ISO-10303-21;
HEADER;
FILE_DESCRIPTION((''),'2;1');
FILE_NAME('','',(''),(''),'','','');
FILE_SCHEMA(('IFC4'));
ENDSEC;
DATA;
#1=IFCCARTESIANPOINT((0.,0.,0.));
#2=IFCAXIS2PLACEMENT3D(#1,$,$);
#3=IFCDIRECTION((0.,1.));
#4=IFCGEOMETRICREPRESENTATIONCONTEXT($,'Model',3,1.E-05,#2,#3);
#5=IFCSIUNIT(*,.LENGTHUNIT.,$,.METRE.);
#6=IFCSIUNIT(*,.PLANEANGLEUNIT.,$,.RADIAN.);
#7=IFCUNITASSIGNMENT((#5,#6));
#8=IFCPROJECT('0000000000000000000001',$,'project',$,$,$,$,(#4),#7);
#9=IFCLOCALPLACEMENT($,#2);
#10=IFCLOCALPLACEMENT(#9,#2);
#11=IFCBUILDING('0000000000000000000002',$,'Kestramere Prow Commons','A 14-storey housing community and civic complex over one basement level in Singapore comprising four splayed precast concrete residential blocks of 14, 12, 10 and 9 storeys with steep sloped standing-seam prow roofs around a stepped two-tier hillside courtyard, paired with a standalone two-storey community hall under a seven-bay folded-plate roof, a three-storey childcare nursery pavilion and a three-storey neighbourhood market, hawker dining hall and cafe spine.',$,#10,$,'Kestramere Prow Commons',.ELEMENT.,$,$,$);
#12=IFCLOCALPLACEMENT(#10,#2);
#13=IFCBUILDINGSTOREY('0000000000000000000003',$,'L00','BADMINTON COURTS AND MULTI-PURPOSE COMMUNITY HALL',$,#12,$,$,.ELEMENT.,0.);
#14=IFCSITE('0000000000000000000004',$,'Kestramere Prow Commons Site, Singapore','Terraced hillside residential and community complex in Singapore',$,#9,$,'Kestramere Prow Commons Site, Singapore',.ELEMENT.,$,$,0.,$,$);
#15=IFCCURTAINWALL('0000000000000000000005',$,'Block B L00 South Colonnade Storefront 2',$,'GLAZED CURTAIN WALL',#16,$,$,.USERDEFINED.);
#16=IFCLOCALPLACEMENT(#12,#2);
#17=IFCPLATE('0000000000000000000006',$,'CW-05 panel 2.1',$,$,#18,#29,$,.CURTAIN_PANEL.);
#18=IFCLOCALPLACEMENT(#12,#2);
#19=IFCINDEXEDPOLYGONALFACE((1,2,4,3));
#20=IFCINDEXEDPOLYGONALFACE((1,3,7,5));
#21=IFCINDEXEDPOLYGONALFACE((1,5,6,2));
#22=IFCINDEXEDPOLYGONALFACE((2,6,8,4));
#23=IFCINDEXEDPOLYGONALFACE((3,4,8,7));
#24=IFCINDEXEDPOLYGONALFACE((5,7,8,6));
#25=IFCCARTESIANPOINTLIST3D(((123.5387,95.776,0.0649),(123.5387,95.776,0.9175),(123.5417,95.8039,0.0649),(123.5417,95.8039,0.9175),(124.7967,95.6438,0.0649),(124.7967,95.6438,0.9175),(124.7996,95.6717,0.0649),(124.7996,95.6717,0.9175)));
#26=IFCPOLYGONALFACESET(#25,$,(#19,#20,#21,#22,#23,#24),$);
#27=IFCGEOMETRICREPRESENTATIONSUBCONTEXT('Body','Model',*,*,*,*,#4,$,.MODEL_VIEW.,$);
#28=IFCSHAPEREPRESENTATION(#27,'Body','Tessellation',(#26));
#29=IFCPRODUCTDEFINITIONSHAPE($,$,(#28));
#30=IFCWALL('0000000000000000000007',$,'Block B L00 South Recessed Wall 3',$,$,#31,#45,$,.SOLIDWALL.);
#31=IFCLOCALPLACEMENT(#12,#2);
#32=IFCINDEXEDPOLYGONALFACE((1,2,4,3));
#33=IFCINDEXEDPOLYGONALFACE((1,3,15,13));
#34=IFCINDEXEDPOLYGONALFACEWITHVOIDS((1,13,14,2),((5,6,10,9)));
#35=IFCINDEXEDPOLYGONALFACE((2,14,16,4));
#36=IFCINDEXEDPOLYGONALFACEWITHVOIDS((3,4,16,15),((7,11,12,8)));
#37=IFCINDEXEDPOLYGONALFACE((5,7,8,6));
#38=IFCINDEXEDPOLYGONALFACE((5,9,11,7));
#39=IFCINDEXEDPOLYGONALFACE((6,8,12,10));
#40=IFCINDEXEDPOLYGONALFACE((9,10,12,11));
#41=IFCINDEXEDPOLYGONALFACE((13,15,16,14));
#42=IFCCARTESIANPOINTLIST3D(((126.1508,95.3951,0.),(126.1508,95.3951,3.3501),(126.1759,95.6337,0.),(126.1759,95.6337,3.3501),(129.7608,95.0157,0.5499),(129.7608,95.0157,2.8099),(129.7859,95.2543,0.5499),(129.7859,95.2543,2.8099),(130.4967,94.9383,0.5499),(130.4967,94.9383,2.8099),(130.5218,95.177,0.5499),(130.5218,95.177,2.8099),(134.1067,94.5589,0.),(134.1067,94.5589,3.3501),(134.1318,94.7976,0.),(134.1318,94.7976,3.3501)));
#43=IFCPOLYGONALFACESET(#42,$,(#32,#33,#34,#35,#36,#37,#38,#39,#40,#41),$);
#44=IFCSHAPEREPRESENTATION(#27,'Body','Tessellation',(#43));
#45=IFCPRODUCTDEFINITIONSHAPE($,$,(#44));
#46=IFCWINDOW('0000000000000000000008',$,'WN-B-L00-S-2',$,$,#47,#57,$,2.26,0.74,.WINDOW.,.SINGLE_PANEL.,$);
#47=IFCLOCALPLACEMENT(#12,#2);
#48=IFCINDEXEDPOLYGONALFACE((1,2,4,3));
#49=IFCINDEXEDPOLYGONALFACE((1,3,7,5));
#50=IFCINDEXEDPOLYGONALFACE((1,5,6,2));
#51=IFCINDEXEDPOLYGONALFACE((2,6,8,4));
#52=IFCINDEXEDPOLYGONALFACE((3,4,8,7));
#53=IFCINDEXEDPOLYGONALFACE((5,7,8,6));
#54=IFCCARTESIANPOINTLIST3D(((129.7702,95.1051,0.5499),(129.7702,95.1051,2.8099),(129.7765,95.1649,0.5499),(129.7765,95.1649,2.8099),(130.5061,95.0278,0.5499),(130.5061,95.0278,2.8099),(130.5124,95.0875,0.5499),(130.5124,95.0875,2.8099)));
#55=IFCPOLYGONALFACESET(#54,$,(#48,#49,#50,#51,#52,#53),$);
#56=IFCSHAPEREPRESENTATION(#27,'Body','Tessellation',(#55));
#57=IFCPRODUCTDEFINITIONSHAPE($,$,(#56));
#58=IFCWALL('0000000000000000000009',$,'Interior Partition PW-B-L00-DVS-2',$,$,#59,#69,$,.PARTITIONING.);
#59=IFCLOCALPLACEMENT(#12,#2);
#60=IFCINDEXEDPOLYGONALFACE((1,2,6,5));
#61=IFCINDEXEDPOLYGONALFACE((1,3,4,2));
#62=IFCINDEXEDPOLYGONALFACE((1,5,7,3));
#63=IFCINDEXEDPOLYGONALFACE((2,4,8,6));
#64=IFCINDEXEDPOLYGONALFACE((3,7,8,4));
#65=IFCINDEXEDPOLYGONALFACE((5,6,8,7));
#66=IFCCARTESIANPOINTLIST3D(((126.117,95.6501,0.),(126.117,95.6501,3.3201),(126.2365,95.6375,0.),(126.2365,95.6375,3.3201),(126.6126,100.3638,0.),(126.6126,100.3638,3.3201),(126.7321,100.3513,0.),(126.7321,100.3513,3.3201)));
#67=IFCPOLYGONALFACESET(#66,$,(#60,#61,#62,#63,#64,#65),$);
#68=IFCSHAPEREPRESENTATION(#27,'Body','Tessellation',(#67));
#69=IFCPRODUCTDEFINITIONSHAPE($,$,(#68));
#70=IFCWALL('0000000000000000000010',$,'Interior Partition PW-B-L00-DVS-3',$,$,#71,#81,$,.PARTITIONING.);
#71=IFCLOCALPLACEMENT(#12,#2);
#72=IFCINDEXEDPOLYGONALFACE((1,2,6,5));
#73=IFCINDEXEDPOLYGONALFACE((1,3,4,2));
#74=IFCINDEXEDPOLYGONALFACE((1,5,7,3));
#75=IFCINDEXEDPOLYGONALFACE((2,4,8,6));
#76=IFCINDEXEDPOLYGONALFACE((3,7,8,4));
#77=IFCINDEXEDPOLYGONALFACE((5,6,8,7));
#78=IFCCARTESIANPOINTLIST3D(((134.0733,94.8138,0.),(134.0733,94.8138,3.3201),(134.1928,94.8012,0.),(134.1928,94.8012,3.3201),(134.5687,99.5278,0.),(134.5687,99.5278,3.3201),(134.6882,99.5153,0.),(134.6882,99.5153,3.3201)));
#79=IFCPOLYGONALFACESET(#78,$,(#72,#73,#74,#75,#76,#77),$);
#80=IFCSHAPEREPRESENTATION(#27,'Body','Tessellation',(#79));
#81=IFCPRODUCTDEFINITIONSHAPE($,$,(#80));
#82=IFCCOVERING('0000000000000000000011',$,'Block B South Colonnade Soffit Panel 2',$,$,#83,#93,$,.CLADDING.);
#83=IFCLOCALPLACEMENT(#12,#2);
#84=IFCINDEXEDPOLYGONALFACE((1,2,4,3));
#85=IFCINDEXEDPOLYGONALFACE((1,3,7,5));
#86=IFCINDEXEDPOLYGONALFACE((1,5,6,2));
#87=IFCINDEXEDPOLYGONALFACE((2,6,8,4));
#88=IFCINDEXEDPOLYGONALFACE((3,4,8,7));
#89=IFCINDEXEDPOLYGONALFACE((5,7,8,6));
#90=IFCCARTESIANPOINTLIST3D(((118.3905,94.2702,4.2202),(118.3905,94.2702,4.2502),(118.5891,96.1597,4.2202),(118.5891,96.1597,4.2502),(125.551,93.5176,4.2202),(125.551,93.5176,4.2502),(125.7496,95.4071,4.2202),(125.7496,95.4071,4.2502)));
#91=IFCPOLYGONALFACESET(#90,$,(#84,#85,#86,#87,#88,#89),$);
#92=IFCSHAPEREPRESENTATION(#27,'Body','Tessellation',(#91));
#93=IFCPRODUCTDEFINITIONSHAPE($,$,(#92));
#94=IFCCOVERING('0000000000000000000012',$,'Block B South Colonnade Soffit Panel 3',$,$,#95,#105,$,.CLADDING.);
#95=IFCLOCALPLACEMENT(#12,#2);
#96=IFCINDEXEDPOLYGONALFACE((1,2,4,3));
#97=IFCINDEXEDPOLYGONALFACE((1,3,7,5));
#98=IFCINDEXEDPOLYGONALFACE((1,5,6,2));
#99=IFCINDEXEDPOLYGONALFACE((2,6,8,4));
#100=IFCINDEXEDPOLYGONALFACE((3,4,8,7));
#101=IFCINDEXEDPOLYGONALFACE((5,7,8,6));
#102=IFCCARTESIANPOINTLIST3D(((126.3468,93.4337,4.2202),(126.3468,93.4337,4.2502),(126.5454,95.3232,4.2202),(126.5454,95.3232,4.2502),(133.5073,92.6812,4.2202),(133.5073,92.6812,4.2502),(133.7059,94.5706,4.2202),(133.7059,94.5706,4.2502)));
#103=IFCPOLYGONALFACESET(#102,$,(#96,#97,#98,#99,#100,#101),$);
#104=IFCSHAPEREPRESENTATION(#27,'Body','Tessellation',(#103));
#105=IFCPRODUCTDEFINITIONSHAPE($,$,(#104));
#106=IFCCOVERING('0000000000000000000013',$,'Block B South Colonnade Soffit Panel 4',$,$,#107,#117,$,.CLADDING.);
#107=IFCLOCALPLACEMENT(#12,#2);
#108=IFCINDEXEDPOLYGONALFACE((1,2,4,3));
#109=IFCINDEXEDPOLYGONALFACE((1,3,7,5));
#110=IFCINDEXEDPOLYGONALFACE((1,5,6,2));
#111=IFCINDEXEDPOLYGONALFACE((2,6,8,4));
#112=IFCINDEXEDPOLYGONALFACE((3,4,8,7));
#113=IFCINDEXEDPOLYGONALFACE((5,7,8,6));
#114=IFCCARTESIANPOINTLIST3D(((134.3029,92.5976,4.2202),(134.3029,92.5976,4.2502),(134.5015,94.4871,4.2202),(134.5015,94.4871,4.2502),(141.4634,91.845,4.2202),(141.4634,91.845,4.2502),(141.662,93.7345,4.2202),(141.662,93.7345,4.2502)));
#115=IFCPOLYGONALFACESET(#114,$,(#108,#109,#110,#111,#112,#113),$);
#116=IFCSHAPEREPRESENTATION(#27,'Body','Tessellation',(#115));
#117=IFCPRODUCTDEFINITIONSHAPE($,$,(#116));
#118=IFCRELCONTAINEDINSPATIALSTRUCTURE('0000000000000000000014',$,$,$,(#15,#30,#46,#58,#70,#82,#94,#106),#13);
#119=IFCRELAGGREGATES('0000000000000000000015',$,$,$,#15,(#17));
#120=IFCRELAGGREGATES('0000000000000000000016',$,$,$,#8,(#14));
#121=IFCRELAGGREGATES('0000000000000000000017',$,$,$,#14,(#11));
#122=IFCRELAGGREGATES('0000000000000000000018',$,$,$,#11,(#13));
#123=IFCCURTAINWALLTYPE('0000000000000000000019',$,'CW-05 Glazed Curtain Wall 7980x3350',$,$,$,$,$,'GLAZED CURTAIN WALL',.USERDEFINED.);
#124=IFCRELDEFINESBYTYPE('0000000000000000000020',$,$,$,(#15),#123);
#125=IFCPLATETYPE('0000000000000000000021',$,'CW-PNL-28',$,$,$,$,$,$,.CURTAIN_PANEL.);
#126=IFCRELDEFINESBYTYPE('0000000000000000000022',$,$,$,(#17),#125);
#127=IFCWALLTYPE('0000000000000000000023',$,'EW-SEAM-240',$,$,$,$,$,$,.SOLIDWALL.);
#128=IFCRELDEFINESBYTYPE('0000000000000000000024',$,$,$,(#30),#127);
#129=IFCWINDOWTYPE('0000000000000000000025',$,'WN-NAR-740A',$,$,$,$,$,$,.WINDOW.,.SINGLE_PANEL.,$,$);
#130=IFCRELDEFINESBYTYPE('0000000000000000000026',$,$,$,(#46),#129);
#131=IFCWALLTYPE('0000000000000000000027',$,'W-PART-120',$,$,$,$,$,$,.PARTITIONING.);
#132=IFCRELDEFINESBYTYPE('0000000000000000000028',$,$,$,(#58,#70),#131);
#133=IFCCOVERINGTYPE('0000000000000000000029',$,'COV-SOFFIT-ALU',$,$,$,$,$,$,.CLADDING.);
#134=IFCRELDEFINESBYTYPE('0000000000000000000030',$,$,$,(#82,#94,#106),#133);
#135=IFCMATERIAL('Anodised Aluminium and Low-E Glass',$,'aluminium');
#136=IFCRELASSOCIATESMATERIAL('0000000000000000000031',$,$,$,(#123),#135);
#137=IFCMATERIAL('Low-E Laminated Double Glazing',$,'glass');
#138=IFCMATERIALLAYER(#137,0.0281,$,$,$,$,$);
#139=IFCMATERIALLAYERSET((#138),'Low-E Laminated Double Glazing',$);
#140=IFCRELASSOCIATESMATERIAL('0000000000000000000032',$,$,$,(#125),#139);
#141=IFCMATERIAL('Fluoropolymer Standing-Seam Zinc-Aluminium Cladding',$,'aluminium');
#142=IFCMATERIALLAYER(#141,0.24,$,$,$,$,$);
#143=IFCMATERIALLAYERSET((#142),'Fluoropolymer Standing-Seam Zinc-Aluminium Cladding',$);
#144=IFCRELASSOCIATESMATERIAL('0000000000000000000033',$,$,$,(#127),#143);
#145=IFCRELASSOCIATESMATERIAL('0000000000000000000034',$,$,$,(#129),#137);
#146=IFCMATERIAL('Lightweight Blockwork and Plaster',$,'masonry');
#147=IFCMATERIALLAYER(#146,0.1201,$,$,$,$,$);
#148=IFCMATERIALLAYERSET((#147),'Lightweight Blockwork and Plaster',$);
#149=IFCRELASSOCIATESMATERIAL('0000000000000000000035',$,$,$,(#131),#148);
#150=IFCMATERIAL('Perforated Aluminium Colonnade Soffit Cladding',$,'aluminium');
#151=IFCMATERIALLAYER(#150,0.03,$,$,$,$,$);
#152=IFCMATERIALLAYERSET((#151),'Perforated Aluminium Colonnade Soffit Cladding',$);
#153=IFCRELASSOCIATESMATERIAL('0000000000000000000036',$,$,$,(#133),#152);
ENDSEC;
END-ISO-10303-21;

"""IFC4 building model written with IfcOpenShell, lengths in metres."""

from ifc_helpers import new_model, si_unit, direction, frame, frame_2d, origin, origin_2d, place, context, subcontext, project, spatial, rectangle, extrude, material, layer, layer_set, type_object, element, fill, aggregate, save


model = new_model("IFC4")

# Units and contexts
model_context = context("Model", 3, precision=1e-05, world=origin(), true_north=direction((0.0, 1.0)))
body_context = subcontext(model_context, "Body", "Model", "MODEL_VIEW")
ifc_project = project(units=[si_unit("LENGTHUNIT", "METRE"), si_unit("PLANEANGLEUNIT", "RADIAN")], contexts=[model_context])

# Site, building, storey
site_placement = place(None, origin())
site = spatial("IfcSite", under=ifc_project, at=site_placement, Name="Kestramere Prow Commons Site, Singapore", Description="Terraced hillside residential and community complex in Singapore", LongName="Kestramere Prow Commons Site, Singapore", CompositionType="ELEMENT", RefElevation=0.0)
building_placement = place(site_placement, origin())
building = spatial("IfcBuilding", under=site, at=building_placement, Name="Kestramere Prow Commons", Description="A 14-storey housing community and civic complex over one basement level in Singapore comprising four splayed precast concrete residential blocks of 14, 12, 10 and 9 storeys with steep sloped standing-seam prow roofs around a stepped two-tier hillside courtyard, paired with a standalone two-storey community hall under a seven-bay folded-plate roof, a three-storey childcare nursery pavilion and a three-storey neighbourhood market, hawker dining hall and cafe spine.", LongName="Kestramere Prow Commons", CompositionType="ELEMENT")
storey_placement = place(building_placement, origin())
storey = spatial("IfcBuildingStorey", under=building, at=storey_placement, Name="L00", Description="BADMINTON COURTS AND MULTI-PURPOSE COMMUNITY HALL", CompositionType="ELEMENT", Elevation=0.0)

# Curtain wall
ifc_material_1 = material(Name="Anodised Aluminium and Low-E Glass", Category="aluminium")
curtain_wall_type = type_object("IfcCurtainWallType", Name="CW-05 Glazed Curtain Wall 7980x3350", ElementType="GLAZED CURTAIN WALL", PredefinedType="USERDEFINED", material=ifc_material_1)
curtain_wall_placement = place(storey_placement, origin())
curtain_wall = element("IfcCurtainWall", 1, at=curtain_wall_placement, inside=storey, type_object=curtain_wall_type, Name="Block B L00 South Colonnade Storefront 2", ObjectType="GLAZED CURTAIN WALL", PredefinedType="USERDEFINED")

# Plate
ifc_material_2 = material(Name="Low-E Laminated Double Glazing", Category="glass")
ifc_layer_1 = layer(ifc_material_2, 0.0281)
ifc_layer_set_1 = layer_set([ifc_layer_1], Name="Low-E Laminated Double Glazing")
plate_type = type_object("IfcPlateType", Name="CW-PNL-28", PredefinedType="CURTAIN_PANEL", material=ifc_layer_set_1)
plate_1_placement = place(storey_placement, frame((124.1692, 95.7239, 0.0649), z_axis=(0.0, 0.0, 1.0), x_axis=(-0.994522, 0.104529, 0.0)))
plate_1 = element("IfcPlate", 2, at=plate_1_placement, type_object=plate_type, Name="CW-05 panel 2.1", PredefinedType="CURTAIN_PANEL", context=body_context, shape_type="SweptSolid", body=[
    extrude(rectangle(XDim=1.2649, YDim=0.0281, at=origin_2d()), origin(), (0.0, 0.0, 1.0), 0.8525),
])
aggregate(curtain_wall, [plate_1])

# Wall, opening, window
ifc_material_3 = material(Name="Fluoropolymer Standing-Seam Zinc-Aluminium Cladding", Category="aluminium")
ifc_layer_2 = layer(ifc_material_3, 0.24)
ifc_layer_set_2 = layer_set([ifc_layer_2], Name="Fluoropolymer Standing-Seam Zinc-Aluminium Cladding")
wall_type_1 = type_object("IfcWallType", Name="EW-SEAM-240", PredefinedType="SOLIDWALL", material=ifc_layer_set_2)
wall_1_placement = place(storey_placement, frame((134.1194, 94.6782, 0.0), z_axis=(0.0, 0.0, 1.0), x_axis=(-0.994522, 0.104524, 0.0)))
wall_1 = element("IfcWall", 3, at=wall_1_placement, inside=storey, type_object=wall_type_1, Name="Block B L00 South Recessed Wall 3", PredefinedType="SOLIDWALL", context=body_context, shape_type="SweptSolid", body=[
    extrude(rectangle(XDim=7.9998, YDim=0.24, at=frame_2d((4.0, 0.0))), origin(), (0.0, 0.0, 1.0), 3.3501),
])
opening_placement = place(wall_1_placement, frame((3.6299, 0.0, 0.55)))
opening = element("IfcOpeningElement", 4, at=opening_placement, cuts=wall_1, PredefinedType="OPENING", context=body_context, shape_type="SweptSolid", body=[
    extrude(rectangle(XDim=0.74, YDim=2.26, at=frame_2d((0.3701, 1.1299))), frame((0.0, 0.135, 0.0), z_axis=(0.0, -1.0, 0.0), x_axis=(1.0, 0.0, 0.0)), (0.0, 0.0, 1.0), 0.27),
])
window_type = type_object("IfcWindowType", Name="WN-NAR-740A", PartitioningType="SINGLE_PANEL", PredefinedType="WINDOW", material=ifc_material_2)
window_placement = place(opening_placement, origin())
window = element("IfcWindow", 5, at=window_placement, inside=storey, type_object=window_type, Name="WN-B-L00-S-2", OverallHeight=2.26, OverallWidth=0.74, PartitioningType="SINGLE_PANEL", PredefinedType="WINDOW", context=body_context, shape_type="SweptSolid", body=[
    extrude(rectangle(XDim=0.74, YDim=2.26, at=frame_2d((0.3701, 1.1299))), frame((0.0, 0.03, 0.0), z_axis=(0.0, -1.0, 0.0), x_axis=(1.0, 0.0, 0.0)), (0.0, 0.0, 1.0), 0.0601),
])
fill(opening, window)

# Walls
ifc_material_4 = material(Name="Lightweight Blockwork and Plaster", Category="masonry")
ifc_layer_3 = layer(ifc_material_4, 0.1201)
ifc_layer_set_3 = layer_set([ifc_layer_3], Name="Lightweight Blockwork and Plaster")
wall_type_2 = type_object("IfcWallType", Name="W-PART-120", PredefinedType="PARTITIONING", material=ifc_layer_set_3)
wall_2_placement = place(storey_placement, frame((126.1768, 95.6438, 0.0), z_axis=(0.0, 0.0, 1.0), x_axis=(0.104561, 0.994518, 0.0)))
element("IfcWall", 6, at=wall_2_placement, inside=storey, type_object=wall_type_2, Name="Interior Partition PW-B-L00-DVS-2", PredefinedType="PARTITIONING", context=body_context, shape_type="SweptSolid", body=[
    extrude(rectangle(XDim=4.7397, YDim=0.1201, at=frame_2d((2.3699, 0.0))), origin(), (0.0, 0.0, 1.0), 3.3201),
])
wall_3_placement = place(storey_placement, frame((134.1331, 94.8074, 0.0), z_axis=(0.0, 0.0, 1.0), x_axis=(0.104505, 0.994524, 0.0)))
element("IfcWall", 7, at=wall_3_placement, inside=storey, type_object=wall_type_2, Name="Interior Partition PW-B-L00-DVS-3", PredefinedType="PARTITIONING", context=body_context, shape_type="SweptSolid", body=[
    extrude(rectangle(XDim=4.74, YDim=0.1201, at=frame_2d((2.3701, 0.0))), origin(), (0.0, 0.0, 1.0), 3.3201),
])

# Coverings
ifc_material_5 = material(Name="Perforated Aluminium Colonnade Soffit Cladding", Category="aluminium")
ifc_layer_4 = layer(ifc_material_5, 0.03)
ifc_layer_set_4 = layer_set([ifc_layer_4], Name="Perforated Aluminium Colonnade Soffit Cladding")
covering_type = type_object("IfcCoveringType", Name="COV-SOFFIT-ALU", PredefinedType="CLADDING", material=ifc_layer_set_4)
for number, where, z_axis, x_axis, name in (
    (8, (122.0701, 94.8386, 4.2202), (0.0, 0.0, 1.0), (0.994522, -0.104528, 0.0), "Block B South Colonnade Soffit Panel 2"),
    (9, (130.0264, 94.0022, 4.2202), (0.0, 0.0, 1.0), (0.994522, -0.104528, 0.0), "Block B South Colonnade Soffit Panel 3"),
    (10, (137.9824, 93.166, 4.2202), (0.0, 0.0, 1.0), (0.994522, -0.104528, 0.0), "Block B South Colonnade Soffit Panel 4"),
):
    element("IfcCovering", number, at=place(storey_placement, frame(where, z_axis=z_axis, x_axis=x_axis)), inside=storey, type_object=covering_type, Name=name, PredefinedType="CLADDING", context=body_context, shape_type="SweptSolid", body=[
        extrude(rectangle(XDim=7.2, YDim=1.8999, at=origin_2d()), origin(), (0.0, 0.0, 1.0), 0.03),
    ])

save(model, "model.ifc")
